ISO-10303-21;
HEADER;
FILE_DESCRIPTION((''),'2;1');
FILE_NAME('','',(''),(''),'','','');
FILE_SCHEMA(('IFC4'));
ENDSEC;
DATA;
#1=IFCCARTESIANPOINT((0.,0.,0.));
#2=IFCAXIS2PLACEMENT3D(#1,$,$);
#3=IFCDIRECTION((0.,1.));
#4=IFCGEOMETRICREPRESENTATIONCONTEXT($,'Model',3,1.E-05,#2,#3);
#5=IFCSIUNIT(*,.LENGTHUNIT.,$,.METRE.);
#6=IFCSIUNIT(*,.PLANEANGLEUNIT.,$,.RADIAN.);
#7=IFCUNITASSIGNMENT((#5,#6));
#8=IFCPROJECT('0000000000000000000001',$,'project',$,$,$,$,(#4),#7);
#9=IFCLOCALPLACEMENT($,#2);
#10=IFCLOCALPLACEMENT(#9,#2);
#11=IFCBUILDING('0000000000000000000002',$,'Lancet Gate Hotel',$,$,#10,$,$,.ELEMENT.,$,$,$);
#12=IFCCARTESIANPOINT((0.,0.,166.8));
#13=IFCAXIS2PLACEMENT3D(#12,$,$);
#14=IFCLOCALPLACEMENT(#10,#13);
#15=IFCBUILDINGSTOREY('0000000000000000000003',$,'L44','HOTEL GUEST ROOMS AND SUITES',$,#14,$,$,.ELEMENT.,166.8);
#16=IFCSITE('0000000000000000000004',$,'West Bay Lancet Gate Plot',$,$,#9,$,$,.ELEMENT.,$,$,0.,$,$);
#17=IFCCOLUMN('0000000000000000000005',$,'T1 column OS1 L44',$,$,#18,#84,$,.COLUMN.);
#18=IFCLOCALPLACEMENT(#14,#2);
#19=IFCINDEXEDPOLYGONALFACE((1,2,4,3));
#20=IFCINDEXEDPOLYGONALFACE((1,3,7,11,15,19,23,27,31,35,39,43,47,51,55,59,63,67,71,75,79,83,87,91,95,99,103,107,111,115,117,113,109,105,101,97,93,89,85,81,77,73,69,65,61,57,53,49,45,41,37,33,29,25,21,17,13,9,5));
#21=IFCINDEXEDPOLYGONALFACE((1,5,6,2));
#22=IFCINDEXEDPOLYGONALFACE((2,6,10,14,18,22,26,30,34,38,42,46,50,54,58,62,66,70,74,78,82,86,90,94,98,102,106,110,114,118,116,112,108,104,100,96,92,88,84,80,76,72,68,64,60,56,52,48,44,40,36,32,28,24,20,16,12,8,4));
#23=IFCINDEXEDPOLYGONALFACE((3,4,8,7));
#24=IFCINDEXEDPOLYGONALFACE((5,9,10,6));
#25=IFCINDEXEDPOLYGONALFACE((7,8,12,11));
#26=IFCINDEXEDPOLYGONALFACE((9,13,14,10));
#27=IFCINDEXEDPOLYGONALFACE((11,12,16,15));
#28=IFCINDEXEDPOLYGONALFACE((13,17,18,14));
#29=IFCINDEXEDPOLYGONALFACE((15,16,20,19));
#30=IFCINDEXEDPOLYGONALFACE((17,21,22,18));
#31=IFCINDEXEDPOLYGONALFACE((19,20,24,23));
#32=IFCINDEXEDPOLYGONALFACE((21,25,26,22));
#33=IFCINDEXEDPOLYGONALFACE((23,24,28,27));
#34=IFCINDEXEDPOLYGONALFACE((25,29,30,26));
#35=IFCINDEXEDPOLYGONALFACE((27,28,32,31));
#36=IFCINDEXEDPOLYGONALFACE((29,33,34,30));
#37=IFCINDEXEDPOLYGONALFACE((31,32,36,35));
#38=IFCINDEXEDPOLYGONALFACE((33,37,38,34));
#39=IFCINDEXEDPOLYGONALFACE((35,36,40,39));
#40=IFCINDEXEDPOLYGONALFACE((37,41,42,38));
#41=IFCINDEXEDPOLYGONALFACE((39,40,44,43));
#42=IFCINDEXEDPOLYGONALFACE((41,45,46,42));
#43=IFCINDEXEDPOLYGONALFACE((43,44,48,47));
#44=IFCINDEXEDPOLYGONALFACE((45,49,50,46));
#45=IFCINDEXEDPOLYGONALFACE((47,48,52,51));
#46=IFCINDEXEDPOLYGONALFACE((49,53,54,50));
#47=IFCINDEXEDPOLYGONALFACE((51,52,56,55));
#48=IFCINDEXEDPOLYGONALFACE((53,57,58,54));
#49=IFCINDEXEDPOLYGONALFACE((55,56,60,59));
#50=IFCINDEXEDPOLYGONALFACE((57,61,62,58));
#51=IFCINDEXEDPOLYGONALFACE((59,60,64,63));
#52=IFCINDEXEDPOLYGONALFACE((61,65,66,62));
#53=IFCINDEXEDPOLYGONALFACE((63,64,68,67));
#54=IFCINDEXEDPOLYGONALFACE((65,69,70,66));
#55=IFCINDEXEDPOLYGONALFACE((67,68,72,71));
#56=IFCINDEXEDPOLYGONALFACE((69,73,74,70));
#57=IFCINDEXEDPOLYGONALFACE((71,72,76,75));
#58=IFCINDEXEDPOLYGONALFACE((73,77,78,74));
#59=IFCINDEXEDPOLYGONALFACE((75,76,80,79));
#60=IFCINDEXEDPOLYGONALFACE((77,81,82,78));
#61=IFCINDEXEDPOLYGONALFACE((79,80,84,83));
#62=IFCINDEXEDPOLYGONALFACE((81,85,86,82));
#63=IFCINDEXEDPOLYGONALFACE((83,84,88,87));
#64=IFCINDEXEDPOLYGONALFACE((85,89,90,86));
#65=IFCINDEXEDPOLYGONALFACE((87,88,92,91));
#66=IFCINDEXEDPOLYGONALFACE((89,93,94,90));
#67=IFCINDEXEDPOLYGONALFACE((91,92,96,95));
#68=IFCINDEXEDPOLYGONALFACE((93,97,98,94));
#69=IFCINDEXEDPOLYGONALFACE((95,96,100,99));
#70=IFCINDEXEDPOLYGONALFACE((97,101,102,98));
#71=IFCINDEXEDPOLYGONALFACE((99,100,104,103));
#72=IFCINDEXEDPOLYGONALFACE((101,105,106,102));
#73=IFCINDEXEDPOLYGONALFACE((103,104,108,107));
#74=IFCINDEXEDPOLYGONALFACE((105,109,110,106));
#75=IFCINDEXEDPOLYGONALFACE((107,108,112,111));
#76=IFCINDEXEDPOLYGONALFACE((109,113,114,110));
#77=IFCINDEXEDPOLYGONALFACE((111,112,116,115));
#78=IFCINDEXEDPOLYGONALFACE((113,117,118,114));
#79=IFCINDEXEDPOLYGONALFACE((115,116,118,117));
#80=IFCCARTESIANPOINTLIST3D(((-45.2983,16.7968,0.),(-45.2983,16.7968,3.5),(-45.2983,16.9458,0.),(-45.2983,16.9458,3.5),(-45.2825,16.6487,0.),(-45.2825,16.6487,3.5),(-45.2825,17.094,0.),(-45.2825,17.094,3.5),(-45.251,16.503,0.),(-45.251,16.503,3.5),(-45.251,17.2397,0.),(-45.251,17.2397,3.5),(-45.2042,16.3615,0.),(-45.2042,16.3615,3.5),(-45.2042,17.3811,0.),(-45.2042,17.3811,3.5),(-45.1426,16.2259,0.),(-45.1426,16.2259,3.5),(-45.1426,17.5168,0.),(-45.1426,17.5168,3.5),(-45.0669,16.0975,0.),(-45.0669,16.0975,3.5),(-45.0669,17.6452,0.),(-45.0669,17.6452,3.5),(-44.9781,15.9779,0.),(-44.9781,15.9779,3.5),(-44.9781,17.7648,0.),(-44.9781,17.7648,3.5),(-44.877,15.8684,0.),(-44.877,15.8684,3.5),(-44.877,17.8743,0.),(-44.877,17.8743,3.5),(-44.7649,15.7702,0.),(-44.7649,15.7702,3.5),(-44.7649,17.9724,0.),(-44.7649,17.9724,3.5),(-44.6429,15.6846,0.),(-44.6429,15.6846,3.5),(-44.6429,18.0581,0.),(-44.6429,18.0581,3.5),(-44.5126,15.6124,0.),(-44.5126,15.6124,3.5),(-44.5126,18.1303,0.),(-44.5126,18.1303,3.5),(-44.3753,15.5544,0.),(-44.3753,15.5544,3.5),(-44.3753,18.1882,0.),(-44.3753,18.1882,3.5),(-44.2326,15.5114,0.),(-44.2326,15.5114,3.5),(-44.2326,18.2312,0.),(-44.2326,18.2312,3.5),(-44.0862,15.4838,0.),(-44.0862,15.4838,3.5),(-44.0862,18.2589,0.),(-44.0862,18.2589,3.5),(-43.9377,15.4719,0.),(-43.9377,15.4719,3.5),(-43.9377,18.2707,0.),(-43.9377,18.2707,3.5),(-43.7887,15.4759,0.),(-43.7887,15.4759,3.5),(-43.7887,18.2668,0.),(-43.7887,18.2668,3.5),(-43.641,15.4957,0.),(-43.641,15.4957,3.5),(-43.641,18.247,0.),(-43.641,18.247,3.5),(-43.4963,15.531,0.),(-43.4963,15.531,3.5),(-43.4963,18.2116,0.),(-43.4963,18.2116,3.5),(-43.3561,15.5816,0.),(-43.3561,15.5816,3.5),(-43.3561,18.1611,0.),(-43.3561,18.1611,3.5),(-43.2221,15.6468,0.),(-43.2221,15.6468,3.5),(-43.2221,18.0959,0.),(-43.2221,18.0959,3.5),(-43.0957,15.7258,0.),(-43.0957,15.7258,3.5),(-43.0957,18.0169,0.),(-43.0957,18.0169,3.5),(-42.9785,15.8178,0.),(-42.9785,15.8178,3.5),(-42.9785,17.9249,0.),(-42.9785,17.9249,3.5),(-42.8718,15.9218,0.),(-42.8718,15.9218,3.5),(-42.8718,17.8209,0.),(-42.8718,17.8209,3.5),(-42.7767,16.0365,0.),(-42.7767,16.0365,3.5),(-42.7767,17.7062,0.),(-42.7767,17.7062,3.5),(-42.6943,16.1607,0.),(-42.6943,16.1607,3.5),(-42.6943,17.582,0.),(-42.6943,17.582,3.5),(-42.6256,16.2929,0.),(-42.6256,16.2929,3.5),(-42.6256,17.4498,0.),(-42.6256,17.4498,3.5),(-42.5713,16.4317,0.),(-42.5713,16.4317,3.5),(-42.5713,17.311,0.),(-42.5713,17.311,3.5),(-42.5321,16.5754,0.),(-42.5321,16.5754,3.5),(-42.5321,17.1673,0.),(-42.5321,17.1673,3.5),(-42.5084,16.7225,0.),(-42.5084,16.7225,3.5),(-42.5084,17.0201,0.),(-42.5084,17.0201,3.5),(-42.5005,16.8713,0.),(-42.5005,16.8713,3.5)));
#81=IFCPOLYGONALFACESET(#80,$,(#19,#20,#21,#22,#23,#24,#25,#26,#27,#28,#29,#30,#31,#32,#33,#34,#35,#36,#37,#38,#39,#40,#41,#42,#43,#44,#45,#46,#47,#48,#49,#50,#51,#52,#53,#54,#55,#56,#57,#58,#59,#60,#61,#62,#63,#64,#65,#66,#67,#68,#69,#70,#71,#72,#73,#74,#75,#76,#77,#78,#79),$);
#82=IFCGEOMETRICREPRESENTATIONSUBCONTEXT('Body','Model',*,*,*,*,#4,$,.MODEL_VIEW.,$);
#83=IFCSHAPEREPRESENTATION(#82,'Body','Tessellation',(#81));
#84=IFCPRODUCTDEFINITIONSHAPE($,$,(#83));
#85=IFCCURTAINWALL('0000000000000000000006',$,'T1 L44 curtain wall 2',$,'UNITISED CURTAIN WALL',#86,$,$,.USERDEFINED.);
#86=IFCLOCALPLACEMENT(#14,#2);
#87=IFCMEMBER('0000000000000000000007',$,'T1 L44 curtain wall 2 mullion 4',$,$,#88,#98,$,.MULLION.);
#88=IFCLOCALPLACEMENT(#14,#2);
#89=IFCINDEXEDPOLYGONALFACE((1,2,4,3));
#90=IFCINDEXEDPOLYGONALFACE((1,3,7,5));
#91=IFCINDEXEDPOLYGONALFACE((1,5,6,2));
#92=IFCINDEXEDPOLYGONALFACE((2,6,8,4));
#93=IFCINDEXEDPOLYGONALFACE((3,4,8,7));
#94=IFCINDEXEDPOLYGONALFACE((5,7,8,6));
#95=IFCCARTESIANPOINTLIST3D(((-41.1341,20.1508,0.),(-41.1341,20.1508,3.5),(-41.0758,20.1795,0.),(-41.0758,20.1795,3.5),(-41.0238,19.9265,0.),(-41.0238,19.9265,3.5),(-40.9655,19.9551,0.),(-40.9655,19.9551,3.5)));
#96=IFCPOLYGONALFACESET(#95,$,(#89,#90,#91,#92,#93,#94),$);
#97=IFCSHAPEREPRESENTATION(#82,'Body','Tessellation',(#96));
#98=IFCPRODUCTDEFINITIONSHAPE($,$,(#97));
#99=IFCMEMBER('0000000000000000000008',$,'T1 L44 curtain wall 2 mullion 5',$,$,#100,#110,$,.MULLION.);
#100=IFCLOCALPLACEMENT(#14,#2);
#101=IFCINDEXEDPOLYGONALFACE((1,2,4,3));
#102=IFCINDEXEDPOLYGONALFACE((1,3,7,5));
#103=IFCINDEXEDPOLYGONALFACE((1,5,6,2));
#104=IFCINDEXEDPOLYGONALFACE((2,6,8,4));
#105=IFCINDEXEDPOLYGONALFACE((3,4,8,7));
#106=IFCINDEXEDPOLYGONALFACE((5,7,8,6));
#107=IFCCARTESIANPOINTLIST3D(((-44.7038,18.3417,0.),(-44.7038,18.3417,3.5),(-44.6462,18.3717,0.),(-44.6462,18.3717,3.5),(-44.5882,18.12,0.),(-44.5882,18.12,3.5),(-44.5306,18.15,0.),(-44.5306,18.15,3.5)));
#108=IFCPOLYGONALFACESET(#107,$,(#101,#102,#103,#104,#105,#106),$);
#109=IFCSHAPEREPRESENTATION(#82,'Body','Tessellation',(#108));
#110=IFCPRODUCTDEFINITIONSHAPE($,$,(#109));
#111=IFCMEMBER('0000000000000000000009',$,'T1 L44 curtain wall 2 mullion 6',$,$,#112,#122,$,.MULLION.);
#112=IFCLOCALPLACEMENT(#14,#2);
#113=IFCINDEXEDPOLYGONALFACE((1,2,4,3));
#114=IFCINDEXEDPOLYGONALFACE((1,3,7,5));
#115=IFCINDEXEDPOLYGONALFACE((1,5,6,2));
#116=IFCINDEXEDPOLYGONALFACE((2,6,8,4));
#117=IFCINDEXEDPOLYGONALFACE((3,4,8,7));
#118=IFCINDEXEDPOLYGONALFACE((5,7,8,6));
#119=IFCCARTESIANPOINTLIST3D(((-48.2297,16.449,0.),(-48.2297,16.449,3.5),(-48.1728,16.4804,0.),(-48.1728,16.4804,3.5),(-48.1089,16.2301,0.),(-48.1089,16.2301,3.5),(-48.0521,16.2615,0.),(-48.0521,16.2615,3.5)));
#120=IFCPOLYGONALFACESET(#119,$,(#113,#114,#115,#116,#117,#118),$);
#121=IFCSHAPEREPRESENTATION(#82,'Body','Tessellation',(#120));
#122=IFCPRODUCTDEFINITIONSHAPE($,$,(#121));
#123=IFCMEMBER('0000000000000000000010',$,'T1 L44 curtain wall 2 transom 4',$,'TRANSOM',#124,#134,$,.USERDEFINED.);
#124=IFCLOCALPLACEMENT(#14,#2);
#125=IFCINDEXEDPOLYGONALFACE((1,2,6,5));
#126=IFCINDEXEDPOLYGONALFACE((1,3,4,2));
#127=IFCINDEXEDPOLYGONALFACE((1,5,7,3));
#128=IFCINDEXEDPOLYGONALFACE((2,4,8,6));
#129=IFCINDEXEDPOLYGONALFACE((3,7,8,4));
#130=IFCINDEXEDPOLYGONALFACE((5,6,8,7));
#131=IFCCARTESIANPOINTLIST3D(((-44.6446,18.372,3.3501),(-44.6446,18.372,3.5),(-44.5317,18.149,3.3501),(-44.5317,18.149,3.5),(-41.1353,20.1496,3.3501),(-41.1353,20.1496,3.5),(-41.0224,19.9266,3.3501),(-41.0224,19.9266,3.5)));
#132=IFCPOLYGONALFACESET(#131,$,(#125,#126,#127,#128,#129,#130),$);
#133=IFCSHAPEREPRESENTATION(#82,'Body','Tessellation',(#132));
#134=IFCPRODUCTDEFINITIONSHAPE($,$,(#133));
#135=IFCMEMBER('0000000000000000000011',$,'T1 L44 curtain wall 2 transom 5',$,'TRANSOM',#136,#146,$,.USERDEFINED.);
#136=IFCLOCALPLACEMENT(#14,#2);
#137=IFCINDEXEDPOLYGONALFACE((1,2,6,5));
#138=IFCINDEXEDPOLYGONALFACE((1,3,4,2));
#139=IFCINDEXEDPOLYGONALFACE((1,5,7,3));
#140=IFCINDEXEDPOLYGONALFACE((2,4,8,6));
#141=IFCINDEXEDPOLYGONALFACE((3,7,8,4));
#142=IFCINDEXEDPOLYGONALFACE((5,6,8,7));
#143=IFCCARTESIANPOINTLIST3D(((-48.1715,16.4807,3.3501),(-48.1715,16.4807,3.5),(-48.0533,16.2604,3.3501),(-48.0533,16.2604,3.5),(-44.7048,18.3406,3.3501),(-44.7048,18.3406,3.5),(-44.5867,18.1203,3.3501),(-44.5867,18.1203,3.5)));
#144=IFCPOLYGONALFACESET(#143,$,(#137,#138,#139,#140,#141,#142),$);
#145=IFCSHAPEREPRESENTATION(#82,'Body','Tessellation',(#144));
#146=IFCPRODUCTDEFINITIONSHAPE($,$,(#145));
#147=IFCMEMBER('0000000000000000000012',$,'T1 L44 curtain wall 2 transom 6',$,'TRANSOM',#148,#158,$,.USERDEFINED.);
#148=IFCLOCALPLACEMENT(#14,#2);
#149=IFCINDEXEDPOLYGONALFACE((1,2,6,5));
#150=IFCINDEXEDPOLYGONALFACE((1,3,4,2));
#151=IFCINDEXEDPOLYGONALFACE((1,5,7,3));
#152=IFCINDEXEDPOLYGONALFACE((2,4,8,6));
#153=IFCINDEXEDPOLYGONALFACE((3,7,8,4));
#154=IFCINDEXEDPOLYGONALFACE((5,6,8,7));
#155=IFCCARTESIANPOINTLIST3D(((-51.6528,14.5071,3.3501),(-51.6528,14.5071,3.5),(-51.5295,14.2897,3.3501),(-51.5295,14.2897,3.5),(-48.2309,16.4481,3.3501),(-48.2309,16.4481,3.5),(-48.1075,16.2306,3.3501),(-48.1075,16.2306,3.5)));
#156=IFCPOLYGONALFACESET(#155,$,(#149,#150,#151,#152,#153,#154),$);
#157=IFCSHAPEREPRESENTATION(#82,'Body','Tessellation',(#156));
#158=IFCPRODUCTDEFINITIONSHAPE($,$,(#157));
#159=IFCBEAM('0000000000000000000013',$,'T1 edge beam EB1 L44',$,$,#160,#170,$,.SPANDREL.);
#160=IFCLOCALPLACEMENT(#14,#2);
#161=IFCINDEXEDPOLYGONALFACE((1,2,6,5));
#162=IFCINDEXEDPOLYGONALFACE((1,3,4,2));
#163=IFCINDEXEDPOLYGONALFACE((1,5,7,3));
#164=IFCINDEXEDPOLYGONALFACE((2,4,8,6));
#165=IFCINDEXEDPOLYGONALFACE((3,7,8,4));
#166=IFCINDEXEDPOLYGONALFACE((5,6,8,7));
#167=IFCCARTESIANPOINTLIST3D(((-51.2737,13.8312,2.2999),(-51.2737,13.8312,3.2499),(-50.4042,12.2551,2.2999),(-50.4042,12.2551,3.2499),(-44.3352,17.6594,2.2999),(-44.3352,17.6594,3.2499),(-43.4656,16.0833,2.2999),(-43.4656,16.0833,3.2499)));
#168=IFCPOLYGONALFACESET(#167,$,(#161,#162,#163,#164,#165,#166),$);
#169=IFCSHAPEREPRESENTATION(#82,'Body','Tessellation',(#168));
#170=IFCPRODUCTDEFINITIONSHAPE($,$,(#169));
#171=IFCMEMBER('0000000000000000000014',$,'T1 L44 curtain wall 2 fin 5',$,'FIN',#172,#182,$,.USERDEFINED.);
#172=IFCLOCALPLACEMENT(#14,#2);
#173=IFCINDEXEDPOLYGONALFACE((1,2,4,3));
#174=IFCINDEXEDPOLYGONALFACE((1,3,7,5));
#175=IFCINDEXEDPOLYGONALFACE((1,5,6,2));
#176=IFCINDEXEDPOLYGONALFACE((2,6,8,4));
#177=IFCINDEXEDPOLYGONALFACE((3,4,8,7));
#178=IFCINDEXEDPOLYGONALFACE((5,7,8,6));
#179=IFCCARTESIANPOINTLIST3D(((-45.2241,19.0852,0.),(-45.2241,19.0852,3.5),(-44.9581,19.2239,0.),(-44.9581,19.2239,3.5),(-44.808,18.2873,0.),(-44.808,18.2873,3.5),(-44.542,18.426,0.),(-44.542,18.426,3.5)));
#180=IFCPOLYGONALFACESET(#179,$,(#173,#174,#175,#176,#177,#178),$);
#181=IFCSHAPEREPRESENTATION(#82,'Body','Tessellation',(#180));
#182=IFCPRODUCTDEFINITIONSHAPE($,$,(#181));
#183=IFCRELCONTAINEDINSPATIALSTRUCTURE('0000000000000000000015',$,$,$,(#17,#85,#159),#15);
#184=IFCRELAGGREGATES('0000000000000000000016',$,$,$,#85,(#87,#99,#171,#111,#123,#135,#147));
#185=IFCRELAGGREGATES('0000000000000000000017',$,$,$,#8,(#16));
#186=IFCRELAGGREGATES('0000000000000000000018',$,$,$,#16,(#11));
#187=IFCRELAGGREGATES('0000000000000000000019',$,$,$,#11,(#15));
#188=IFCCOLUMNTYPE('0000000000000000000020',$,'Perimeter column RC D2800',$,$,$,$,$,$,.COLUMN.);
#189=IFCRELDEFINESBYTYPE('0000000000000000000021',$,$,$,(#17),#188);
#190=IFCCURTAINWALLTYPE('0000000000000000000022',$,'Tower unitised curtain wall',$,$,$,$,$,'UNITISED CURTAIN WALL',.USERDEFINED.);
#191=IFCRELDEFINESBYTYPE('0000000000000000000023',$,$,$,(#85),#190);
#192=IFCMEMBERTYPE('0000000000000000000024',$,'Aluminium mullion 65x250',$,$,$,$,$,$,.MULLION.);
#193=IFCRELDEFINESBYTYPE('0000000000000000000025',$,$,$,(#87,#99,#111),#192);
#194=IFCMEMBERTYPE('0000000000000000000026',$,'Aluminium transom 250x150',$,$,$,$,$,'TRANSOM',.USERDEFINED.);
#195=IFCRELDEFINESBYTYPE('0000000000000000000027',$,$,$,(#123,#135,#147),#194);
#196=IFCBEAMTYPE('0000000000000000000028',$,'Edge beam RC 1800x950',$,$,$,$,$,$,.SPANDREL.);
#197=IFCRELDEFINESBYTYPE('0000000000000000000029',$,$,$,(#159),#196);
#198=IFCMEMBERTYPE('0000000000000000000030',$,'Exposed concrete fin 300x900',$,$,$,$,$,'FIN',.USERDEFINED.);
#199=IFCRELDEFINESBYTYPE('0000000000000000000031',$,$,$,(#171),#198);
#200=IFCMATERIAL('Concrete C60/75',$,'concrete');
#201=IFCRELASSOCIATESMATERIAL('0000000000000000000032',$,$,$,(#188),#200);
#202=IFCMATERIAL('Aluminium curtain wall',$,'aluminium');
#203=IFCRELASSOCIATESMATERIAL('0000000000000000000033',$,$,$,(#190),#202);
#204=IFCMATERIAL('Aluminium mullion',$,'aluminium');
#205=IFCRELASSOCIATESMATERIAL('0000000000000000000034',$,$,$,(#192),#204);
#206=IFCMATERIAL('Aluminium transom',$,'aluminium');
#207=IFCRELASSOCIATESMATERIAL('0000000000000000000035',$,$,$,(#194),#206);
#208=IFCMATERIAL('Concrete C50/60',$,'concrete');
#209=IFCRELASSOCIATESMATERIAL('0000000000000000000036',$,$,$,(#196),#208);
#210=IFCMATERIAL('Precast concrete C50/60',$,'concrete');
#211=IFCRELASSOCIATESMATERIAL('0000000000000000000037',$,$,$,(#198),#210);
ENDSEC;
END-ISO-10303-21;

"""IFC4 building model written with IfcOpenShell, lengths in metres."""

from ifc_helpers import new_model, si_unit, direction, frame, origin, origin_2d, place, context, subcontext, project, spatial, rectangle, circle, extrude, material, material_profile, profile_set, type_object, element, aggregate, save


model = new_model("IFC4")

# Units and contexts
model_context = context("Model", 3, precision=1e-05, world=origin(), true_north=direction((0.0, 1.0)))
body_context = subcontext(model_context, "Body", "Model", "MODEL_VIEW")
ifc_project = project(units=[si_unit("LENGTHUNIT", "METRE"), si_unit("PLANEANGLEUNIT", "RADIAN")], contexts=[model_context])

# Site, building, storey
site_placement = place(None, origin())
site = spatial("IfcSite", under=ifc_project, at=site_placement, Name="West Bay Lancet Gate Plot", CompositionType="ELEMENT", RefElevation=0.0)
building_placement = place(site_placement, origin())
building = spatial("IfcBuilding", under=site, at=building_placement, Name="Lancet Gate Hotel", CompositionType="ELEMENT")
storey_placement = place(building_placement, frame((0.0, 0.0, 166.8)))
storey = spatial("IfcBuildingStorey", under=building, at=storey_placement, Name="L44", Description="HOTEL GUEST ROOMS AND SUITES", CompositionType="ELEMENT", Elevation=166.8)

# Column
ifc_material_1 = material(Name="Concrete C60/75", Category="concrete")
ifc_material_profile_1 = material_profile(ifc_material_1, circle(Radius=1.3999, at=origin_2d()), Name="RC D2800")
ifc_profile_set_1 = profile_set([ifc_material_profile_1], Name="Concrete C60/75")
column_type = type_object("IfcColumnType", Name="Perimeter column RC D2800", PredefinedType="COLUMN", material=ifc_profile_set_1)
column_placement = place(storey_placement, frame((-43.9004, 16.8713, 0.0), z_axis=(0.0, 0.0, 1.0), x_axis=(1.0, 0.0, 0.0)))
element("IfcColumn", 1, at=column_placement, inside=storey, type_object=column_type, Name="T1 column OS1 L44", PredefinedType="COLUMN", context=body_context, shape_type="SweptSolid", body=[
    extrude(circle(Radius=1.3999, at=origin_2d()), origin(), (0.0, 0.0, 1.0), 3.5),
])

# Curtain wall, members
ifc_material_2 = material(Name="Aluminium curtain wall", Category="aluminium")
curtain_wall_type = type_object("IfcCurtainWallType", Name="Tower unitised curtain wall", ElementType="UNITISED CURTAIN WALL", PredefinedType="USERDEFINED", material=ifc_material_2)
curtain_wall_placement = place(storey_placement, origin())
curtain_wall = element("IfcCurtainWall", 2, at=curtain_wall_placement, inside=storey, type_object=curtain_wall_type, Name="T1 L44 curtain wall 2", ObjectType="UNITISED CURTAIN WALL", PredefinedType="USERDEFINED")
ifc_material_3 = material(Name="Aluminium mullion", Category="aluminium")
ifc_material_profile_2 = material_profile(ifc_material_3, rectangle(XDim=0.0649, YDim=0.25, at=origin_2d()), Name="MULLION 65x250")
ifc_profile_set_2 = profile_set([ifc_material_profile_2], Name="Aluminium mullion")
member_type_1 = type_object("IfcMemberType", Name="Aluminium mullion 65x250", PredefinedType="MULLION", material=ifc_profile_set_2)
member_1_placement = place(storey_placement, frame((-41.0498, 20.053, 0.0), z_axis=(0.0, 0.0, 1.0), x_axis=(-0.897324, -0.441372, 0.0)))
member_1 = element("IfcMember", 3, at=member_1_placement, type_object=member_type_1, Name="T1 L44 curtain wall 2 mullion 4", PredefinedType="MULLION", context=body_context, shape_type="SweptSolid", body=[
    extrude(rectangle(XDim=0.0649, YDim=0.25, at=origin_2d()), origin(), (0.0, 0.0, 1.0), 3.5),
])
member_2_placement = place(storey_placement, frame((-44.6172, 18.2458, 0.0), z_axis=(0.0, 0.0, 1.0), x_axis=(-0.886694, -0.462356, 0.0)))
member_2 = element("IfcMember", 4, at=member_2_placement, type_object=member_type_1, Name="T1 L44 curtain wall 2 mullion 5", PredefinedType="MULLION", context=body_context, shape_type="SweptSolid", body=[
    extrude(rectangle(XDim=0.0649, YDim=0.25, at=origin_2d()), origin(), (0.0, 0.0, 1.0), 3.5),
])
member_3_placement = place(storey_placement, frame((-48.1409, 16.3552, 0.0), z_axis=(0.0, 0.0, 1.0), x_axis=(-0.875574, -0.483084, 0.0)))
member_3 = element("IfcMember", 5, at=member_3_placement, type_object=member_type_1, Name="T1 L44 curtain wall 2 mullion 6", PredefinedType="MULLION", context=body_context, shape_type="SweptSolid", body=[
    extrude(rectangle(XDim=0.0649, YDim=0.25, at=origin_2d()), origin(), (0.0, 0.0, 1.0), 3.5),
])
ifc_material_4 = material(Name="Aluminium transom", Category="aluminium")
ifc_material_profile_3 = material_profile(ifc_material_4, rectangle(XDim=0.25, YDim=0.1499, at=origin_2d()), Name="TRANSOM 250x150")
ifc_profile_set_3 = profile_set([ifc_material_profile_3], Name="Aluminium transom")
member_type_2 = type_object("IfcMemberType", Name="Aluminium transom 250x150", ElementType="TRANSOM", PredefinedType="USERDEFINED", material=ifc_profile_set_3)
member_4_placement = place(storey_placement, frame((-41.0789, 20.0381, 3.425), z_axis=(-0.892081, -0.451875, 0.0), x_axis=(0.451875, -0.892081, 0.0)))
member_4 = element("IfcMember", 6, at=member_4_placement, type_object=member_type_2, Name="T1 L44 curtain wall 2 transom 4", ObjectType="TRANSOM", PredefinedType="USERDEFINED", context=body_context, shape_type="SweptSolid", body=[
    extrude(rectangle(XDim=0.25, YDim=0.1499, at=origin_2d()), origin(), (0.0, 0.0, 1.0), 3.9338),
])
member_5_placement = place(storey_placement, frame((-44.6458, 18.2305, 3.425), z_axis=(-0.881185, -0.472771, 0.0), x_axis=(0.472771, -0.881185, 0.0)))
member_5 = element("IfcMember", 7, at=member_5_placement, type_object=member_type_2, Name="T1 L44 curtain wall 2 transom 5", ObjectType="TRANSOM", PredefinedType="USERDEFINED", context=body_context, shape_type="SweptSolid", body=[
    extrude(rectangle(XDim=0.25, YDim=0.1499, at=origin_2d()), origin(), (0.0, 0.0, 1.0), 3.9341),
])
member_6_placement = place(storey_placement, frame((-48.1692, 16.3394, 3.425), z_axis=(-0.86982, -0.49337, 0.0), x_axis=(0.49337, -0.86982, 0.0)))
member_6 = element("IfcMember", 8, at=member_6_placement, type_object=member_type_2, Name="T1 L44 curtain wall 2 transom 6", ObjectType="TRANSOM", PredefinedType="USERDEFINED", context=body_context, shape_type="SweptSolid", body=[
    extrude(rectangle(XDim=0.25, YDim=0.1499, at=origin_2d()), origin(), (0.0, 0.0, 1.0), 3.9341),
])

# Beam
ifc_material_5 = material(Name="Concrete C50/60", Category="concrete")
ifc_material_profile_4 = material_profile(ifc_material_5, rectangle(XDim=1.8, YDim=0.95, at=origin_2d()), Name="RC 1800x950")
ifc_profile_set_4 = profile_set([ifc_material_profile_4], Name="Concrete C50/60")
beam_type_1 = type_object("IfcBeamType", Name="Edge beam RC 1800x950", PredefinedType="SPANDREL", material=ifc_profile_set_4)
beam_1_placement = place(storey_placement, frame((-43.9004, 16.8713, 2.7749), z_axis=(-0.875578, -0.483077, 0.0), x_axis=(0.483077, -0.875578, 0.0)))
element("IfcBeam", 9, at=beam_1_placement, inside=storey, type_object=beam_type_1, Name="T1 edge beam EB1 L44", PredefinedType="SPANDREL", context=body_context, shape_type="SweptSolid", body=[
    extrude(rectangle(XDim=1.8, YDim=0.95, at=origin_2d()), origin(), (0.0, 0.0, 1.0), 7.9246),
])

# Member
ifc_material_6 = material(Name="Precast concrete C50/60", Category="concrete")
ifc_material_profile_5 = material_profile(ifc_material_6, rectangle(XDim=0.3, YDim=0.8999, at=origin_2d()), Name="FIN 300x900")
ifc_profile_set_5 = profile_set([ifc_material_profile_5], Name="Precast concrete C50/60")
member_type_3 = type_object("IfcMemberType", Name="Exposed concrete fin 300x900", ElementType="FIN", PredefinedType="USERDEFINED", material=ifc_profile_set_5)
member_7_placement = place(storey_placement, frame((-44.8831, 18.7556, 0.0), z_axis=(0.0, 0.0, 1.0), x_axis=(-0.886694, -0.462356, 0.0)))
member_7 = element("IfcMember", 10, at=member_7_placement, type_object=member_type_3, Name="T1 L44 curtain wall 2 fin 5", ObjectType="FIN", PredefinedType="USERDEFINED", context=body_context, shape_type="SweptSolid", body=[
    extrude(rectangle(XDim=0.3, YDim=0.8999, at=origin_2d()), origin(), (0.0, 0.0, 1.0), 3.5),
])

aggregate(curtain_wall, [member_1, member_2, member_7, member_3, member_4, member_5, member_6])

save(model, "model.ifc")
